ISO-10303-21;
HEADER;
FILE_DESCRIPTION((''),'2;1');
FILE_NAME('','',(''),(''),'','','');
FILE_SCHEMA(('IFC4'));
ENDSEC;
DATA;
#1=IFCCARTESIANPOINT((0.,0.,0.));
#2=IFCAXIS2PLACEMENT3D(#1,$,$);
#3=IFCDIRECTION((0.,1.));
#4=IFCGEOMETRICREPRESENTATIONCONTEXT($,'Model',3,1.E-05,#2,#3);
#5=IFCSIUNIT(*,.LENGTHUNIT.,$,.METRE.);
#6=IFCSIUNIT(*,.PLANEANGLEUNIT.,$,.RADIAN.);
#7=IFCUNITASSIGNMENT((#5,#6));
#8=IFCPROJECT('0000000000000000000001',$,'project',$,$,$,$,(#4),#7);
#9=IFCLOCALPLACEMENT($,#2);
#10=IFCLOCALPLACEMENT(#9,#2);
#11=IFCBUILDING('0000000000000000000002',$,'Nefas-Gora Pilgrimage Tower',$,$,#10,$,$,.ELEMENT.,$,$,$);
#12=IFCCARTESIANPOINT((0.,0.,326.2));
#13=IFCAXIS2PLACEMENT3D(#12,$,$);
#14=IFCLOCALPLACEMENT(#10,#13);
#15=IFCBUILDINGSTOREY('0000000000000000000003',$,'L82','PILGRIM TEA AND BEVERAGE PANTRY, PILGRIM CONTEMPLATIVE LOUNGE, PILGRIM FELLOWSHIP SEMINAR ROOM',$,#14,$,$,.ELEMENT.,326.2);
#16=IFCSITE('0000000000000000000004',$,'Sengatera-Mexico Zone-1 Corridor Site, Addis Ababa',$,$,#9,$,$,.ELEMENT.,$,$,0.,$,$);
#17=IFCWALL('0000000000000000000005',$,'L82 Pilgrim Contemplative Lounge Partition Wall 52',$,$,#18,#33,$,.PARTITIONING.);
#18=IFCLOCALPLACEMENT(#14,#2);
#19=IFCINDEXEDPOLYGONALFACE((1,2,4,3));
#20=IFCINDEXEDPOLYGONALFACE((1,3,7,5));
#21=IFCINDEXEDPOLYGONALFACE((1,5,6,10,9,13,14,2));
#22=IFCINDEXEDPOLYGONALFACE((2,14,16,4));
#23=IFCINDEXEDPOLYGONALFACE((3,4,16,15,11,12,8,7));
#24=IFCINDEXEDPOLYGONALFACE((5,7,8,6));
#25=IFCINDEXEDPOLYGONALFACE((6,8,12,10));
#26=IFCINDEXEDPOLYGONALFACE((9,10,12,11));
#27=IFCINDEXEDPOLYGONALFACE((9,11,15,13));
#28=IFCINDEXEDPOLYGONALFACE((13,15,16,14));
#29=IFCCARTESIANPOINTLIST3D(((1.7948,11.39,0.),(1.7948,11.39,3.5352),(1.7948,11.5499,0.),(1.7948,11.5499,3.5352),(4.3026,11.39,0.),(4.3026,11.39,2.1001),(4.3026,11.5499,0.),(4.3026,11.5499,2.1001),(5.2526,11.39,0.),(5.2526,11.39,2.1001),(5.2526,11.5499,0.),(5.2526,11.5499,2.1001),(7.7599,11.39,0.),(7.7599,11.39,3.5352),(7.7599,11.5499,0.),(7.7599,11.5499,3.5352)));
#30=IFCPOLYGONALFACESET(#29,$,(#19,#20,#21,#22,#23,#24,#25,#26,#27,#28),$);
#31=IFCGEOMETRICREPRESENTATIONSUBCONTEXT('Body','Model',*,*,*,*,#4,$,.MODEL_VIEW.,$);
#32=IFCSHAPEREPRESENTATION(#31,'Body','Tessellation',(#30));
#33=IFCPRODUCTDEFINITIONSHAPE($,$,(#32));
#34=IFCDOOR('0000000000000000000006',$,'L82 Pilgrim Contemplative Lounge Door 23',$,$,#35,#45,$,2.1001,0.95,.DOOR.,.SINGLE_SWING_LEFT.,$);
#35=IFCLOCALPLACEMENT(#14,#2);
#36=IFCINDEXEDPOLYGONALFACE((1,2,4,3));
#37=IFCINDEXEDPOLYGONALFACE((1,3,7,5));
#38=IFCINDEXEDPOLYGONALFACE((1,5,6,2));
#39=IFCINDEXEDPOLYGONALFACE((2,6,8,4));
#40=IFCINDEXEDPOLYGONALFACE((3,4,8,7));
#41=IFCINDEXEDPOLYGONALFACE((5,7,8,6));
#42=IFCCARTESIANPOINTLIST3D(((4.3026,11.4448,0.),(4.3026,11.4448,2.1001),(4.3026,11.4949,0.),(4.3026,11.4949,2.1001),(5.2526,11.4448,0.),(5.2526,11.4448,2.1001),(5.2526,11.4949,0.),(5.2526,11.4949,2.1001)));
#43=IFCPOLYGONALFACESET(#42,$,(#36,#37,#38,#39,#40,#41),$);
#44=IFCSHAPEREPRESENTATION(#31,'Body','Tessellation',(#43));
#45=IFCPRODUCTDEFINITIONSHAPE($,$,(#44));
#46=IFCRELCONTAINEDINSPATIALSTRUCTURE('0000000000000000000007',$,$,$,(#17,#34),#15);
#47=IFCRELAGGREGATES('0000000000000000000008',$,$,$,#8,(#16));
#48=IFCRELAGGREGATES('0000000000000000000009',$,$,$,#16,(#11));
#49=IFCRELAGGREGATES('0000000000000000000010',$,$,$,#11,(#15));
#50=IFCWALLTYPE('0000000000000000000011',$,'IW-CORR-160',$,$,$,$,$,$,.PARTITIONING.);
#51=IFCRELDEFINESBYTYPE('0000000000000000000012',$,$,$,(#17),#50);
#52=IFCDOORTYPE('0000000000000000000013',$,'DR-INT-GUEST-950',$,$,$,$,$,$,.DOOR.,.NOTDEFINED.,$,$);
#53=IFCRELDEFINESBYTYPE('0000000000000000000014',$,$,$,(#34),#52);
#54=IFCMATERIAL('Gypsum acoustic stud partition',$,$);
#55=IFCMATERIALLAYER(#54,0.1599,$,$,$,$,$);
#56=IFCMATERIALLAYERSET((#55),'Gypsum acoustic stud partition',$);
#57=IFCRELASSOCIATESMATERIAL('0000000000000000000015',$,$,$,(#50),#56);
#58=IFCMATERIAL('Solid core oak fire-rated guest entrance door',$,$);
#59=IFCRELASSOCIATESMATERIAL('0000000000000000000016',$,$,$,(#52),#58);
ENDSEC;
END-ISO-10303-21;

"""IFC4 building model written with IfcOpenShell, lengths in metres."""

from ifc_helpers import new_model, si_unit, direction, frame, frame_2d, origin, place, context, subcontext, project, spatial, rectangle, extrude, source, transform, mapped, material, layer, layer_set, type_object, element, fill, save


model = new_model("IFC4")

# Units and contexts
model_context = context("Model", 3, precision=1e-05, world=origin(), true_north=direction((0.0, 1.0)))
body_context = subcontext(model_context, "Body", "Model", "MODEL_VIEW")
ifc_project = project(units=[si_unit("LENGTHUNIT", "METRE"), si_unit("PLANEANGLEUNIT", "RADIAN")], contexts=[model_context])

# Site, building, storey
site_placement = place(None, origin())
site = spatial("IfcSite", under=ifc_project, at=site_placement, Name="Sengatera-Mexico Zone-1 Corridor Site, Addis Ababa", CompositionType="ELEMENT", RefElevation=0.0)
building_placement = place(site_placement, origin())
building = spatial("IfcBuilding", under=site, at=building_placement, Name="Nefas-Gora Pilgrimage Tower", CompositionType="ELEMENT")
storey_placement = place(building_placement, frame((0.0, 0.0, 326.2)))
storey = spatial("IfcBuildingStorey", under=building, at=storey_placement, Name="L82", Description="PILGRIM TEA AND BEVERAGE PANTRY, PILGRIM CONTEMPLATIVE LOUNGE, PILGRIM FELLOWSHIP SEMINAR ROOM", CompositionType="ELEMENT", Elevation=326.2)

# Shared definitions
ifc_material_1 = material(Name="Gypsum acoustic stud partition")
ifc_layer_1 = layer(ifc_material_1, 0.1599)
ifc_layer_set_1 = layer_set([ifc_layer_1], Name="Gypsum acoustic stud partition")
wall_type_1 = type_object("IfcWallType", Name="IW-CORR-160", PredefinedType="PARTITIONING", material=ifc_layer_set_1)

# Wall, opening, door
shared_shape_1 = source(origin(), body_context, "Body", "SweptSolid", [
    extrude(rectangle(XDim=5.9651, YDim=0.1599, at=frame_2d((2.9824, 0.0))), origin(), (0.0, 0.0, 1.0), 3.5352),
])
wall_1_placement = place(storey_placement, frame((1.7949, 11.47, 0.0), z_axis=(0.0, 0.0, 1.0), x_axis=(1.0, 0.0, 0.0)))
wall_1 = element("IfcWall", 1, at=wall_1_placement, inside=storey, type_object=wall_type_1, Name="L82 Pilgrim Contemplative Lounge Partition Wall 52", PredefinedType="PARTITIONING", context=body_context, shape_type="MappedRepresentation", body=[
    mapped(shared_shape_1, transform((0.0, 0.0, 0.0), x_axis=(1.0, 0.0, 0.0), y_axis=(0.0, 1.0, 0.0), z_axis=(0.0, 0.0, 1.0), scale=1.0)),
])
opening_1_placement = place(wall_1_placement, frame((2.5076, 0.0, 0.0)))
opening_1 = element("IfcOpeningElement", 2, at=opening_1_placement, cuts=wall_1, PredefinedType="OPENING", context=body_context, shape_type="SweptSolid", body=[
    extrude(rectangle(XDim=0.95, YDim=2.1001, at=frame_2d((0.4751, 1.05))), frame((0.0, 0.0898, 0.0), z_axis=(0.0, -1.0, 0.0), x_axis=(1.0, 0.0, 0.0)), (0.0, 0.0, 1.0), 0.1799),
])
ifc_material_2 = material(Name="Solid core oak fire-rated guest entrance door")
door_type_1 = type_object("IfcDoorType", Name="DR-INT-GUEST-950", OperationType="NOTDEFINED", PredefinedType="DOOR", material=ifc_material_2)
shared_shape_2 = source(origin(), body_context, "Body", "SweptSolid", [
    extrude(rectangle(XDim=0.95, YDim=2.1001, at=frame_2d((0.4751, 1.05))), frame((0.0, 0.0249, 0.0), z_axis=(0.0, -1.0, 0.0), x_axis=(1.0, 0.0, 0.0)), (0.0, 0.0, 1.0), 0.05),
])
door_1_placement = place(opening_1_placement, origin())
door_1 = element("IfcDoor", 3, at=door_1_placement, inside=storey, type_object=door_type_1, Name="L82 Pilgrim Contemplative Lounge Door 23", OperationType="SINGLE_SWING_LEFT", OverallHeight=2.1001, OverallWidth=0.95, PredefinedType="DOOR", context=body_context, shape_type="MappedRepresentation", body=[
    mapped(shared_shape_2, transform((0.0, 0.0, 0.0), x_axis=(1.0, 0.0, 0.0), y_axis=(0.0, 1.0, 0.0), z_axis=(0.0, 0.0, 1.0), scale=1.0)),
])
fill(opening_1, door_1)

save(model, "model.ifc")
